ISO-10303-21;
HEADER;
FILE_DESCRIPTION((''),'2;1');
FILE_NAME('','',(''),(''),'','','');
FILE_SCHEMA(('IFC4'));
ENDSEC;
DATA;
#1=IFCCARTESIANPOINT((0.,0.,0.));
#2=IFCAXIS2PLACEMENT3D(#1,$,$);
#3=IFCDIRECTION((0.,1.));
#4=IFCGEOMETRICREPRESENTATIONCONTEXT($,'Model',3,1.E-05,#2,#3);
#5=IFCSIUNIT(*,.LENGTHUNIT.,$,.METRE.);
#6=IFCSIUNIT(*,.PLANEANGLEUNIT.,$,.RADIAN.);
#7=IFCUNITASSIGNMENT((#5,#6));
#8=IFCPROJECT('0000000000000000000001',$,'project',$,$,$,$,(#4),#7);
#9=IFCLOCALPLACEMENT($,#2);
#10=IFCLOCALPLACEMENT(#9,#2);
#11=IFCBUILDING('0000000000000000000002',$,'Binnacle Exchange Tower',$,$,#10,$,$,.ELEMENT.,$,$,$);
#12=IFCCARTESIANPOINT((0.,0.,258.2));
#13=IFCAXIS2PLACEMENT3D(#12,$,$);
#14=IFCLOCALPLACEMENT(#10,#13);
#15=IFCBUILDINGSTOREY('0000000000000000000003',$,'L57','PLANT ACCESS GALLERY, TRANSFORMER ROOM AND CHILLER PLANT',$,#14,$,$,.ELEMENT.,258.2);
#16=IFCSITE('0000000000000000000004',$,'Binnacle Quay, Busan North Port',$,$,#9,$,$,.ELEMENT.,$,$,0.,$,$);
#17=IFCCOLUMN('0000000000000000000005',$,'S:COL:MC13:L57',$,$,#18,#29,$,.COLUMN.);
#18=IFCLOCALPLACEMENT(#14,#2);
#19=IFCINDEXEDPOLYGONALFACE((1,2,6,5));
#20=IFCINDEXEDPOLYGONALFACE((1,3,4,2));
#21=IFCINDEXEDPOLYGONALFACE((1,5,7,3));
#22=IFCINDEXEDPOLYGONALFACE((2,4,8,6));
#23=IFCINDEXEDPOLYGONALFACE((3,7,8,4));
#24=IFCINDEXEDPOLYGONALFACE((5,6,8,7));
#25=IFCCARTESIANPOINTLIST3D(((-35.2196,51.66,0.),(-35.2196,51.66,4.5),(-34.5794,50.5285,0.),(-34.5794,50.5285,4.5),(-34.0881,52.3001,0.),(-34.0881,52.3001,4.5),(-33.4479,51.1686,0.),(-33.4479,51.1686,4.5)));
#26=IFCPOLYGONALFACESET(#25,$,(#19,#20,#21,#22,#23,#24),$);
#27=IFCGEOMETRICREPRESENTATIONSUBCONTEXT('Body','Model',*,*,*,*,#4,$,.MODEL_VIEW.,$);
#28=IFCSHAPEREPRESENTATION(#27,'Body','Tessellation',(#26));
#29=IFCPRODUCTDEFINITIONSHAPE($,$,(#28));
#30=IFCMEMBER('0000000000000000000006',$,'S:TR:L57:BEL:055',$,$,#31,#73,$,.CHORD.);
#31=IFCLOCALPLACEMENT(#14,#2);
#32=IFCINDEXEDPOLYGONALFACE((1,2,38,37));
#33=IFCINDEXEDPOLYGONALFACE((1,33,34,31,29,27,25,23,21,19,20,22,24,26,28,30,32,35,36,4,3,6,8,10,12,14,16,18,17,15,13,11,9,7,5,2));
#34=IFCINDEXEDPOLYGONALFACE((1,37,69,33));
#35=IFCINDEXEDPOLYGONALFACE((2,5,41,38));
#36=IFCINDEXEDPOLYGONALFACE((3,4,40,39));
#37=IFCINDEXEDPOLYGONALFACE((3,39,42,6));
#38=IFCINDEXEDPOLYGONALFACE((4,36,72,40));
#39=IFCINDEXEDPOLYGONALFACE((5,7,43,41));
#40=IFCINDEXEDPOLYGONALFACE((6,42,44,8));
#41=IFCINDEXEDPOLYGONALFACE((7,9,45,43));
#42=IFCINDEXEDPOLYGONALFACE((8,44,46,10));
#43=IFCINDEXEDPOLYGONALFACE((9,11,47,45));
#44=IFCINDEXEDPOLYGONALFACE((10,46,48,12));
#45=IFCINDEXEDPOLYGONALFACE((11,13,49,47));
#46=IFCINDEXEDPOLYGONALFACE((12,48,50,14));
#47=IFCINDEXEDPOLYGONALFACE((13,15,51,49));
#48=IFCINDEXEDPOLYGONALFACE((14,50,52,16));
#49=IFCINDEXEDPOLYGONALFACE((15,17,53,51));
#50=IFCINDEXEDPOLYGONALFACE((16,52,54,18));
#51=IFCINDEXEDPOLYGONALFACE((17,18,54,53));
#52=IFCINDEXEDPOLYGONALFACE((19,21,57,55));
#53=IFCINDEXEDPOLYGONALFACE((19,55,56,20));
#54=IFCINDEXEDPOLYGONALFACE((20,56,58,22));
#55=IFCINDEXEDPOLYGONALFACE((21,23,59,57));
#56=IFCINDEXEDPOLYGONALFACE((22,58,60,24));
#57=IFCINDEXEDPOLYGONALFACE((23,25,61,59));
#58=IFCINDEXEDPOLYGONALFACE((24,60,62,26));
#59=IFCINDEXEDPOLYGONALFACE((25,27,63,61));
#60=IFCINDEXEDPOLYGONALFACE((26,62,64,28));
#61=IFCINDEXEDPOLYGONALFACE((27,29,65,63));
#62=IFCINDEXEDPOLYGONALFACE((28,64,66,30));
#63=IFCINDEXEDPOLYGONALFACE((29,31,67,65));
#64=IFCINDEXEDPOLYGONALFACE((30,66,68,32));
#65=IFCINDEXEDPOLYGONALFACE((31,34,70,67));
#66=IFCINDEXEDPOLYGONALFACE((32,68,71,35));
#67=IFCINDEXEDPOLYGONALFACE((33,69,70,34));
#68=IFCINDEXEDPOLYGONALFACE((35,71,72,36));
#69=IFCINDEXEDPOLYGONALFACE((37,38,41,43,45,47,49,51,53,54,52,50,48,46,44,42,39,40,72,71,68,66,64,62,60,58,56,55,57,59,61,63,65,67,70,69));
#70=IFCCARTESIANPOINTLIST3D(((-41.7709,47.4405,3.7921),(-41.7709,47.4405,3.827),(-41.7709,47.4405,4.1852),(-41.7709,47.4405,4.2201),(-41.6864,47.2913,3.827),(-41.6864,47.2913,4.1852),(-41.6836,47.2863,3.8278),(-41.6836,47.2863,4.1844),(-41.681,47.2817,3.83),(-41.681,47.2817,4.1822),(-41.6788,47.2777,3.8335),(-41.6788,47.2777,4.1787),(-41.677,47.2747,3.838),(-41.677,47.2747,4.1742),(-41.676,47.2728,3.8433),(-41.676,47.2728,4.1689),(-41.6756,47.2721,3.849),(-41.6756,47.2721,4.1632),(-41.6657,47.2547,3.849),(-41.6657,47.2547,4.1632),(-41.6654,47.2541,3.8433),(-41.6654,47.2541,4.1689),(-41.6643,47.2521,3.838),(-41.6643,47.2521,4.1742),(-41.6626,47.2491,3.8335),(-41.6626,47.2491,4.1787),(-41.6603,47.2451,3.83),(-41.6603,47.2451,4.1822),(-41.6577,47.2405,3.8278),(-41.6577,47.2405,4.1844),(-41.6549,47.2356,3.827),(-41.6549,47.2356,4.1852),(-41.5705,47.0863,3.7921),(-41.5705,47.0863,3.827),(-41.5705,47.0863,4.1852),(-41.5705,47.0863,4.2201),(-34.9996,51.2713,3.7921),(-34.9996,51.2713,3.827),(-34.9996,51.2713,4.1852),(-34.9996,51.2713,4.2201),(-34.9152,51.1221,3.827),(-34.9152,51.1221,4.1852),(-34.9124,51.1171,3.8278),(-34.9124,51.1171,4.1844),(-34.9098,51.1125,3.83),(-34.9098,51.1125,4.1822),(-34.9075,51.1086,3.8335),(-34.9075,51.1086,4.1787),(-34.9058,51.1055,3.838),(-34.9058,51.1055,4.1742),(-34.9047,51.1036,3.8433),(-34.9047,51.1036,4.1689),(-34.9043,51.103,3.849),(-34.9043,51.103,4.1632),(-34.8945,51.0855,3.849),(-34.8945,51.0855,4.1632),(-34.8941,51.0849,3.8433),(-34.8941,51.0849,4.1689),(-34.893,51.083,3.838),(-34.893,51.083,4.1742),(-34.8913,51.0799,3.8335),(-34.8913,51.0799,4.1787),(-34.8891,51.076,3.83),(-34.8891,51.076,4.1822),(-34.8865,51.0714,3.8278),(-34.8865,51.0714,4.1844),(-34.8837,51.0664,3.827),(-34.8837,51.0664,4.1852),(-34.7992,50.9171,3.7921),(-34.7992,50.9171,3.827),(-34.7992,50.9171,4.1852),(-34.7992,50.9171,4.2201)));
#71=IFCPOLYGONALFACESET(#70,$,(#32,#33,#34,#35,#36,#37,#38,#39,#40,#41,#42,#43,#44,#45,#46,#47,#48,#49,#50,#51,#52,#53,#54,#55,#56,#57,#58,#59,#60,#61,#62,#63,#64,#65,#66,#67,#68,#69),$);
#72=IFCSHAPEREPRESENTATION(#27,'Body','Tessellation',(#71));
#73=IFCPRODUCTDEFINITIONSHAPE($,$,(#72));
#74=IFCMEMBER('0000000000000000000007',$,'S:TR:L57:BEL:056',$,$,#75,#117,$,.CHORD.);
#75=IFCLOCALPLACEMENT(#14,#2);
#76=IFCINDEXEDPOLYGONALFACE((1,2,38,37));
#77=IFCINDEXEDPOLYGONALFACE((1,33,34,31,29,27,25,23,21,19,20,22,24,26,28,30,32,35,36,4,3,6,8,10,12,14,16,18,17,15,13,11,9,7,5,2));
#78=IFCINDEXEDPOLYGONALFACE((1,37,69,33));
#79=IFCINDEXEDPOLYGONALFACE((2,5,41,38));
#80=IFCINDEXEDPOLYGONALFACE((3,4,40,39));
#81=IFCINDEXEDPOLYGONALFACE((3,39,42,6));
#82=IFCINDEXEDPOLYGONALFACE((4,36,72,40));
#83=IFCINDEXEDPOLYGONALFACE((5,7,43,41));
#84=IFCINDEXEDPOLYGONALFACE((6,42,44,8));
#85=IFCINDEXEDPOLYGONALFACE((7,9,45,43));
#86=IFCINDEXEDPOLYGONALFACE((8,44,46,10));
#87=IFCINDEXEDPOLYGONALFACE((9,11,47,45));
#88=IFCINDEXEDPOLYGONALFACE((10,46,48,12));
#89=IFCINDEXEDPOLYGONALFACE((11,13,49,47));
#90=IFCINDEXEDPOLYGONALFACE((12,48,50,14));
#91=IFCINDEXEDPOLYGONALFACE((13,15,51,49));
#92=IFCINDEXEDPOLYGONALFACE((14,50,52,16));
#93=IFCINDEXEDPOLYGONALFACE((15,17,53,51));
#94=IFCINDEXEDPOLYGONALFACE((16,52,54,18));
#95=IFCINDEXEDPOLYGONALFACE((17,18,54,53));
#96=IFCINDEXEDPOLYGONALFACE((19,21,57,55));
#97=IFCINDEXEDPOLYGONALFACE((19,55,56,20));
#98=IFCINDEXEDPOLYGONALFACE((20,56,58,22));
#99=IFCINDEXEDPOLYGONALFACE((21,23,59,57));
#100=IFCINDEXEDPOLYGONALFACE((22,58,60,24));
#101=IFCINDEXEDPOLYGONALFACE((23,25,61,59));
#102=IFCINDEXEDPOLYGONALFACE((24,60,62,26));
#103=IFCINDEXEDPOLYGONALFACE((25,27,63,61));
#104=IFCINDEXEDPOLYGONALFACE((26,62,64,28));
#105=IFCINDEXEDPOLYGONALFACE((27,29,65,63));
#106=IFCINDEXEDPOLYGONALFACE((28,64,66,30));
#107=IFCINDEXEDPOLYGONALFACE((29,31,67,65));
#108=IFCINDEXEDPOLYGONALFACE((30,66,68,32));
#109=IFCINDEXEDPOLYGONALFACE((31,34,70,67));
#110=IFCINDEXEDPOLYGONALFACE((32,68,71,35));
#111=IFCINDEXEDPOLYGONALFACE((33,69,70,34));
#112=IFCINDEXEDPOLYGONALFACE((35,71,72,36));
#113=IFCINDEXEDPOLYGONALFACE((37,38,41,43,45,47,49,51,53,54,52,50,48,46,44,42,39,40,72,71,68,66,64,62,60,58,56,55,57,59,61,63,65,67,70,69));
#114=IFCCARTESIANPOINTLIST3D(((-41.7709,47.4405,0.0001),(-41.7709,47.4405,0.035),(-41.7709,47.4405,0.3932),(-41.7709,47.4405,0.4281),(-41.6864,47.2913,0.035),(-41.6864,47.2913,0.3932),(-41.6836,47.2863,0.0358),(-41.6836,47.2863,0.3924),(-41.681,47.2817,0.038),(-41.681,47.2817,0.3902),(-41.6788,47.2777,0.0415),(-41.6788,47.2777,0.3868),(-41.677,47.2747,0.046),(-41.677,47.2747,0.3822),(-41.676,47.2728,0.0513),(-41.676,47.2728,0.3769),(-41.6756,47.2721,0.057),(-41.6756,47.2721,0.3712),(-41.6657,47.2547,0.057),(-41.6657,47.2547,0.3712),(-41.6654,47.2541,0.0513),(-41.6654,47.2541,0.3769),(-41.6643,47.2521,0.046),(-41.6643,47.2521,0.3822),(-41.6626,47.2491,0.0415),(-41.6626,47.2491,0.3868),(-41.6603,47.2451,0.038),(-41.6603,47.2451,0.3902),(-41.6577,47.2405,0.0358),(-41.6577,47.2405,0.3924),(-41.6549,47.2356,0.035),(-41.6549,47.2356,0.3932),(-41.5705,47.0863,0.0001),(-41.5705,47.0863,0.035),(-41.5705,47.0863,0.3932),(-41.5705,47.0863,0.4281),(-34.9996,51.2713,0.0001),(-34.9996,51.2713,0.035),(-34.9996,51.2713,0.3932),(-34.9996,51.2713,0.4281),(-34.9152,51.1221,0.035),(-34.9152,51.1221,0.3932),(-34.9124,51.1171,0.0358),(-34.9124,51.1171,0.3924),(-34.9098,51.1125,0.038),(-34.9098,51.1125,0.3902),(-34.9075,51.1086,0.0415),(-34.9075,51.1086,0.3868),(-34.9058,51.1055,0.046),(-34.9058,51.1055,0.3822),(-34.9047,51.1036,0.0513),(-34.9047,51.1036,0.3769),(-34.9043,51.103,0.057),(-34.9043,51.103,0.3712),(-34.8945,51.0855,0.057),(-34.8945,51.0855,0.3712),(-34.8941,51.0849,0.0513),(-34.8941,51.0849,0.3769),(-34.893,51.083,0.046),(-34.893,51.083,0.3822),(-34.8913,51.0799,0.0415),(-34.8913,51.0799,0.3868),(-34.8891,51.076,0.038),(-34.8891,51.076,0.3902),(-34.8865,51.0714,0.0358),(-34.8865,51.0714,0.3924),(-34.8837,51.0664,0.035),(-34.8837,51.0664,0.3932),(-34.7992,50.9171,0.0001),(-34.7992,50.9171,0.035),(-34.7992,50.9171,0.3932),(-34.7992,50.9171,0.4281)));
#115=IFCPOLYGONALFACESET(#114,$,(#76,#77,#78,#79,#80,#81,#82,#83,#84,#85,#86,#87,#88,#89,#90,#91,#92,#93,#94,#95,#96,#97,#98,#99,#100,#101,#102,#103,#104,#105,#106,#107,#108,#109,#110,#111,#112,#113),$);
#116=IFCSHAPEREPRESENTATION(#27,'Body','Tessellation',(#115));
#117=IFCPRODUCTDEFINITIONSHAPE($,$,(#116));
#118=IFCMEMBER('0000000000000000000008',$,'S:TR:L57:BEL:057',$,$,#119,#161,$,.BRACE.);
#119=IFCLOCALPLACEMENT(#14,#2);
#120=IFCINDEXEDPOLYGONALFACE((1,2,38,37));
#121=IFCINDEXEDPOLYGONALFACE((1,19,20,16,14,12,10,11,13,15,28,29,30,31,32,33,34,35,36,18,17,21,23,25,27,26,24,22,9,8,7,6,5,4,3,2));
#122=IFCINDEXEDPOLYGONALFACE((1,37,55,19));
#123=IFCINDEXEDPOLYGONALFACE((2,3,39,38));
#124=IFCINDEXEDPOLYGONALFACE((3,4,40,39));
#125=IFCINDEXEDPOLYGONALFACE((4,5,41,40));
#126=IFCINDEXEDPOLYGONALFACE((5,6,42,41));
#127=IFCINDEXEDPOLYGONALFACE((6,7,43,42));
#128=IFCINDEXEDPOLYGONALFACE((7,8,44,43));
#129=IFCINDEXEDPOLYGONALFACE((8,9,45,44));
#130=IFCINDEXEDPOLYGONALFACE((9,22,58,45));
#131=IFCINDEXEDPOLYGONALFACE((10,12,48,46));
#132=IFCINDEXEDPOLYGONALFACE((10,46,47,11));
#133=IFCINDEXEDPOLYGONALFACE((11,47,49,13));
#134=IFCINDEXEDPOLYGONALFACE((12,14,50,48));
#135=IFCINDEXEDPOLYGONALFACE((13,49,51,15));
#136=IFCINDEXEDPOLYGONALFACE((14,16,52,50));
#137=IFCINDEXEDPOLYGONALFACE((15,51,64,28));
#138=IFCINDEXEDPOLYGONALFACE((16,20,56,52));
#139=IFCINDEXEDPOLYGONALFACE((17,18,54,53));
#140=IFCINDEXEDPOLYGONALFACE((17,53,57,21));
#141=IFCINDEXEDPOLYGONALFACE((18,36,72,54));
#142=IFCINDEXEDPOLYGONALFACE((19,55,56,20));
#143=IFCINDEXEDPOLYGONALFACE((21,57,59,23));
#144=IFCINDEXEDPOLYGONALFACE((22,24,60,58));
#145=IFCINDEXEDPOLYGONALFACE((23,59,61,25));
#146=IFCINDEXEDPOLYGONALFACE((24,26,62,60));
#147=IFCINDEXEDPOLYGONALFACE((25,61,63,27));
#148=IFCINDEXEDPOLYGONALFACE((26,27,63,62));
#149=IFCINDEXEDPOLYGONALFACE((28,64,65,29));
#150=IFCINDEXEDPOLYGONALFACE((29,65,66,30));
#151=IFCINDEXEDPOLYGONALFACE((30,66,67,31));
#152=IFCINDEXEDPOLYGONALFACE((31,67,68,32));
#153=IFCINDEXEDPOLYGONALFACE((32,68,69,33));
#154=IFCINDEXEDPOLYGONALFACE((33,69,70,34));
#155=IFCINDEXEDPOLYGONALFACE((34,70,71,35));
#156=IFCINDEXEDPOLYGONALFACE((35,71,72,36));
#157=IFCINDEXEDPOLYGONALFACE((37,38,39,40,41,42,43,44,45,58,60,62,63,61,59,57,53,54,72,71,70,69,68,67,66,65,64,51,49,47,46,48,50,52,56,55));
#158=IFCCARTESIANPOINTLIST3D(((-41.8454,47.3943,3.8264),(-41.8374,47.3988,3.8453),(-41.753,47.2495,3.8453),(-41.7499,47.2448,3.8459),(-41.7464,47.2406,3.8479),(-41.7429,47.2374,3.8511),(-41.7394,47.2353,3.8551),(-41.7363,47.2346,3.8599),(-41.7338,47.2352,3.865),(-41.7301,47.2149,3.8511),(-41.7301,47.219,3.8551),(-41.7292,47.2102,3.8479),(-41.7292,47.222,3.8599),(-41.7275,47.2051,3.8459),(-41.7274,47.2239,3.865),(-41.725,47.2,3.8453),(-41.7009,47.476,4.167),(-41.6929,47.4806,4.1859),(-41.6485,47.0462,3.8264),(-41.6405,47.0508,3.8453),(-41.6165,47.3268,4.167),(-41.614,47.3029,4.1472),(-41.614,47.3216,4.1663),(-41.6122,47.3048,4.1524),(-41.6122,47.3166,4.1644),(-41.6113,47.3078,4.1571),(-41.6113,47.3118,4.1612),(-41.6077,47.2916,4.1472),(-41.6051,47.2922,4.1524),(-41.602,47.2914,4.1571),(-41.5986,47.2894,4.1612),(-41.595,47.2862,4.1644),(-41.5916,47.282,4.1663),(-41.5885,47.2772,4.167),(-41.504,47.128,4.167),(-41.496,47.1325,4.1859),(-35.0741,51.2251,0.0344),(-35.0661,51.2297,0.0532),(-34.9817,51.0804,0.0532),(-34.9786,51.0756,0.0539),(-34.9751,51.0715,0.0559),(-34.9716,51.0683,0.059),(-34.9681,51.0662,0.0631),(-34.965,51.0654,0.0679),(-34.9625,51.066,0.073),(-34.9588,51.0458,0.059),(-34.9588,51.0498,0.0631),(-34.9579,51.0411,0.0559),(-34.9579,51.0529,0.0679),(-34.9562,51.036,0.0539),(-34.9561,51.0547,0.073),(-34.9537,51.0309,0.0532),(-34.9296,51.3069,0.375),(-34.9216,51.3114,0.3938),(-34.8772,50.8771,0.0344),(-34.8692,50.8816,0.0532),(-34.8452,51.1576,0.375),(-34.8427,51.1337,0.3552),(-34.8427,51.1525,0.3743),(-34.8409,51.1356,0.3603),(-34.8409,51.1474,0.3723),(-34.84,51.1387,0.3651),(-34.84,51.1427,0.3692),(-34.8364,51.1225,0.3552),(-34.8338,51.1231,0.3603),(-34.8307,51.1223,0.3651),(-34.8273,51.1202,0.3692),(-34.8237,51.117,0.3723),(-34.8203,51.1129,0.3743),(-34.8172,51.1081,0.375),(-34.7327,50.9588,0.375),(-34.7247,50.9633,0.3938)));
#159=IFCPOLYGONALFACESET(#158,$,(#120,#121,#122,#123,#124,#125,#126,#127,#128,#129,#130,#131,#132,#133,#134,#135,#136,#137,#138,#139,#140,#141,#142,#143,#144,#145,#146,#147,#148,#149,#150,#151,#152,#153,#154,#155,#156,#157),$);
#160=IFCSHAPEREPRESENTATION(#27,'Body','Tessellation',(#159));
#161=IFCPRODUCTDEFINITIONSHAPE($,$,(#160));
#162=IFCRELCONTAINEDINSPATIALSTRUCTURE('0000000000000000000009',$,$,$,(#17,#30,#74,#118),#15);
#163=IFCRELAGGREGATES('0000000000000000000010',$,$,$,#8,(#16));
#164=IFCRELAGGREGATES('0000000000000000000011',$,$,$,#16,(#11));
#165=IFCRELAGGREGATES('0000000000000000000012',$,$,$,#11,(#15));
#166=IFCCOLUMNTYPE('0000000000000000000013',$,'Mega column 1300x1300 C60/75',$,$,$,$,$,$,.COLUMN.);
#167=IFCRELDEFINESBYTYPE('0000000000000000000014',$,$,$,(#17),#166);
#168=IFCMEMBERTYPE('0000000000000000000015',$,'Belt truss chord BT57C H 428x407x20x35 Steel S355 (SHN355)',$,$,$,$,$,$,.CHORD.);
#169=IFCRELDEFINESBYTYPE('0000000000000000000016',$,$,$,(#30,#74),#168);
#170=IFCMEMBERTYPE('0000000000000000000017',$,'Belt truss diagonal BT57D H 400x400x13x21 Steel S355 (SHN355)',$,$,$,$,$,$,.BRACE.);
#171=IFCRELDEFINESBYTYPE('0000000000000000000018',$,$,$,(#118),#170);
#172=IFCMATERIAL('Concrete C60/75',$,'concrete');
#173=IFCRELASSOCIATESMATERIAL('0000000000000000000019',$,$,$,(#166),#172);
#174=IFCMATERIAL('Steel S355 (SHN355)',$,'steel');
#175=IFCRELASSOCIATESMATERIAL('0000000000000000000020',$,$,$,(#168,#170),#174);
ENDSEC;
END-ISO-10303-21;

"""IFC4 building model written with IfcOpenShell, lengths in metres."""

from ifc_helpers import new_model, si_unit, direction, frame, origin, origin_2d, place, context, subcontext, project, spatial, rectangle, i_section, extrude, material, material_profile, profile_set, type_object, element, save


model = new_model("IFC4")

# Units and contexts
model_context = context("Model", 3, precision=1e-05, world=origin(), true_north=direction((0.0, 1.0)))
body_context = subcontext(model_context, "Body", "Model", "MODEL_VIEW")
ifc_project = project(units=[si_unit("LENGTHUNIT", "METRE"), si_unit("PLANEANGLEUNIT", "RADIAN")], contexts=[model_context])

# Site, building, storey
site_placement = place(None, origin())
site = spatial("IfcSite", under=ifc_project, at=site_placement, Name="Binnacle Quay, Busan North Port", CompositionType="ELEMENT", RefElevation=0.0)
building_placement = place(site_placement, origin())
building = spatial("IfcBuilding", under=site, at=building_placement, Name="Binnacle Exchange Tower", CompositionType="ELEMENT")
storey_placement = place(building_placement, frame((0.0, 0.0, 258.2)))
storey = spatial("IfcBuildingStorey", under=building, at=storey_placement, Name="L57", Description="PLANT ACCESS GALLERY, TRANSFORMER ROOM AND CHILLER PLANT", CompositionType="ELEMENT", Elevation=258.2)

# Column
ifc_material_1 = material(Name="Concrete C60/75", Category="concrete")
ifc_material_profile_1 = material_profile(ifc_material_1, rectangle(XDim=1.3, YDim=1.3, at=origin_2d()), Name="Mega column 1300x1300 C60/75")
ifc_profile_set_1 = profile_set([ifc_material_profile_1], Name="Concrete C60/75")
column_type = type_object("IfcColumnType", Name="Mega column 1300x1300 C60/75", PredefinedType="COLUMN", material=ifc_profile_set_1)
column_placement = place(storey_placement, frame((-34.3337, 51.4143, 0.0), z_axis=(0.0, 0.0, 1.0), x_axis=(-0.870356, -0.492424, 0.0)))
element("IfcColumn", 1, at=column_placement, inside=storey, type_object=column_type, Name="S:COL:MC13:L57", PredefinedType="COLUMN", context=body_context, shape_type="SweptSolid", body=[
    extrude(rectangle(XDim=1.3, YDim=1.3, at=origin_2d()), origin(), (0.0, 0.0, 1.0), 4.5),
])

# Members
ifc_material_2 = material(Name="Steel S355 (SHN355)", Category="steel")
ifc_material_profile_2 = material_profile(ifc_material_2, i_section(OverallWidth=0.407, OverallDepth=0.428, WebThickness=0.02, FlangeThickness=0.0349, FilletRadius=0.022, at=origin_2d()), Name="H 428x407x20x35")
ifc_profile_set_2 = profile_set([ifc_material_profile_2], Name="Steel S355 (SHN355)")
member_type_1 = type_object("IfcMemberType", Name="Belt truss chord BT57C H 428x407x20x35 Steel S355 (SHN355)", PredefinedType="CHORD", material=ifc_profile_set_2)
for number, where, z_axis, x_axis, name in (
    (2, (-34.8994, 51.0942, 4.0061), (-0.870365, -0.492407, 0.0), (0.492407, -0.870365, 0.0), "S:TR:L57:BEL:055"),
    (3, (-34.8994, 51.0942, 0.2141), (-0.870365, -0.492407, 0.0), (0.492407, -0.870365, 0.0), "S:TR:L57:BEL:056"),
):
    element("IfcMember", number, at=place(storey_placement, frame(where, z_axis=z_axis, x_axis=x_axis)), inside=storey, type_object=member_type_1, Name=name, PredefinedType="CHORD", context=body_context, shape_type="SweptSolid", body=[
        extrude(i_section(OverallWidth=0.407, OverallDepth=0.428, WebThickness=0.02, FlangeThickness=0.0349, FilletRadius=0.022, at=origin_2d()), origin(), (0.0, 0.0, 1.0), 7.7798),
    ])
ifc_material_profile_3 = material_profile(ifc_material_2, i_section(OverallWidth=0.3999, OverallDepth=0.3999, WebThickness=0.0129, FlangeThickness=0.021, FilletRadius=0.022, at=origin_2d()), Name="H 400x400x13x21")
ifc_profile_set_3 = profile_set([ifc_material_profile_3], Name="Steel S355 (SHN355)")
member_type_2 = type_object("IfcMemberType", Name="Belt truss diagonal BT57D H 400x400x13x21 Steel S355 (SHN355)", PredefinedType="BRACE", material=ifc_profile_set_3)
member_1_placement = place(storey_placement, frame((-34.8994, 51.0942, 0.2141), z_axis=(-0.782376, -0.442627, 0.438142), x_axis=(0.492407, -0.870365, 0.0)))
element("IfcMember", 4, at=member_1_placement, inside=storey, type_object=member_type_2, Name="S:TR:L57:BEL:057", PredefinedType="BRACE", context=body_context, shape_type="SweptSolid", body=[
    extrude(i_section(OverallWidth=0.3999, OverallDepth=0.3999, WebThickness=0.0129, FlangeThickness=0.021, FilletRadius=0.022, at=origin_2d()), origin(), (0.0, 0.0, 1.0), 8.6548),
])

save(model, "model.ifc")
